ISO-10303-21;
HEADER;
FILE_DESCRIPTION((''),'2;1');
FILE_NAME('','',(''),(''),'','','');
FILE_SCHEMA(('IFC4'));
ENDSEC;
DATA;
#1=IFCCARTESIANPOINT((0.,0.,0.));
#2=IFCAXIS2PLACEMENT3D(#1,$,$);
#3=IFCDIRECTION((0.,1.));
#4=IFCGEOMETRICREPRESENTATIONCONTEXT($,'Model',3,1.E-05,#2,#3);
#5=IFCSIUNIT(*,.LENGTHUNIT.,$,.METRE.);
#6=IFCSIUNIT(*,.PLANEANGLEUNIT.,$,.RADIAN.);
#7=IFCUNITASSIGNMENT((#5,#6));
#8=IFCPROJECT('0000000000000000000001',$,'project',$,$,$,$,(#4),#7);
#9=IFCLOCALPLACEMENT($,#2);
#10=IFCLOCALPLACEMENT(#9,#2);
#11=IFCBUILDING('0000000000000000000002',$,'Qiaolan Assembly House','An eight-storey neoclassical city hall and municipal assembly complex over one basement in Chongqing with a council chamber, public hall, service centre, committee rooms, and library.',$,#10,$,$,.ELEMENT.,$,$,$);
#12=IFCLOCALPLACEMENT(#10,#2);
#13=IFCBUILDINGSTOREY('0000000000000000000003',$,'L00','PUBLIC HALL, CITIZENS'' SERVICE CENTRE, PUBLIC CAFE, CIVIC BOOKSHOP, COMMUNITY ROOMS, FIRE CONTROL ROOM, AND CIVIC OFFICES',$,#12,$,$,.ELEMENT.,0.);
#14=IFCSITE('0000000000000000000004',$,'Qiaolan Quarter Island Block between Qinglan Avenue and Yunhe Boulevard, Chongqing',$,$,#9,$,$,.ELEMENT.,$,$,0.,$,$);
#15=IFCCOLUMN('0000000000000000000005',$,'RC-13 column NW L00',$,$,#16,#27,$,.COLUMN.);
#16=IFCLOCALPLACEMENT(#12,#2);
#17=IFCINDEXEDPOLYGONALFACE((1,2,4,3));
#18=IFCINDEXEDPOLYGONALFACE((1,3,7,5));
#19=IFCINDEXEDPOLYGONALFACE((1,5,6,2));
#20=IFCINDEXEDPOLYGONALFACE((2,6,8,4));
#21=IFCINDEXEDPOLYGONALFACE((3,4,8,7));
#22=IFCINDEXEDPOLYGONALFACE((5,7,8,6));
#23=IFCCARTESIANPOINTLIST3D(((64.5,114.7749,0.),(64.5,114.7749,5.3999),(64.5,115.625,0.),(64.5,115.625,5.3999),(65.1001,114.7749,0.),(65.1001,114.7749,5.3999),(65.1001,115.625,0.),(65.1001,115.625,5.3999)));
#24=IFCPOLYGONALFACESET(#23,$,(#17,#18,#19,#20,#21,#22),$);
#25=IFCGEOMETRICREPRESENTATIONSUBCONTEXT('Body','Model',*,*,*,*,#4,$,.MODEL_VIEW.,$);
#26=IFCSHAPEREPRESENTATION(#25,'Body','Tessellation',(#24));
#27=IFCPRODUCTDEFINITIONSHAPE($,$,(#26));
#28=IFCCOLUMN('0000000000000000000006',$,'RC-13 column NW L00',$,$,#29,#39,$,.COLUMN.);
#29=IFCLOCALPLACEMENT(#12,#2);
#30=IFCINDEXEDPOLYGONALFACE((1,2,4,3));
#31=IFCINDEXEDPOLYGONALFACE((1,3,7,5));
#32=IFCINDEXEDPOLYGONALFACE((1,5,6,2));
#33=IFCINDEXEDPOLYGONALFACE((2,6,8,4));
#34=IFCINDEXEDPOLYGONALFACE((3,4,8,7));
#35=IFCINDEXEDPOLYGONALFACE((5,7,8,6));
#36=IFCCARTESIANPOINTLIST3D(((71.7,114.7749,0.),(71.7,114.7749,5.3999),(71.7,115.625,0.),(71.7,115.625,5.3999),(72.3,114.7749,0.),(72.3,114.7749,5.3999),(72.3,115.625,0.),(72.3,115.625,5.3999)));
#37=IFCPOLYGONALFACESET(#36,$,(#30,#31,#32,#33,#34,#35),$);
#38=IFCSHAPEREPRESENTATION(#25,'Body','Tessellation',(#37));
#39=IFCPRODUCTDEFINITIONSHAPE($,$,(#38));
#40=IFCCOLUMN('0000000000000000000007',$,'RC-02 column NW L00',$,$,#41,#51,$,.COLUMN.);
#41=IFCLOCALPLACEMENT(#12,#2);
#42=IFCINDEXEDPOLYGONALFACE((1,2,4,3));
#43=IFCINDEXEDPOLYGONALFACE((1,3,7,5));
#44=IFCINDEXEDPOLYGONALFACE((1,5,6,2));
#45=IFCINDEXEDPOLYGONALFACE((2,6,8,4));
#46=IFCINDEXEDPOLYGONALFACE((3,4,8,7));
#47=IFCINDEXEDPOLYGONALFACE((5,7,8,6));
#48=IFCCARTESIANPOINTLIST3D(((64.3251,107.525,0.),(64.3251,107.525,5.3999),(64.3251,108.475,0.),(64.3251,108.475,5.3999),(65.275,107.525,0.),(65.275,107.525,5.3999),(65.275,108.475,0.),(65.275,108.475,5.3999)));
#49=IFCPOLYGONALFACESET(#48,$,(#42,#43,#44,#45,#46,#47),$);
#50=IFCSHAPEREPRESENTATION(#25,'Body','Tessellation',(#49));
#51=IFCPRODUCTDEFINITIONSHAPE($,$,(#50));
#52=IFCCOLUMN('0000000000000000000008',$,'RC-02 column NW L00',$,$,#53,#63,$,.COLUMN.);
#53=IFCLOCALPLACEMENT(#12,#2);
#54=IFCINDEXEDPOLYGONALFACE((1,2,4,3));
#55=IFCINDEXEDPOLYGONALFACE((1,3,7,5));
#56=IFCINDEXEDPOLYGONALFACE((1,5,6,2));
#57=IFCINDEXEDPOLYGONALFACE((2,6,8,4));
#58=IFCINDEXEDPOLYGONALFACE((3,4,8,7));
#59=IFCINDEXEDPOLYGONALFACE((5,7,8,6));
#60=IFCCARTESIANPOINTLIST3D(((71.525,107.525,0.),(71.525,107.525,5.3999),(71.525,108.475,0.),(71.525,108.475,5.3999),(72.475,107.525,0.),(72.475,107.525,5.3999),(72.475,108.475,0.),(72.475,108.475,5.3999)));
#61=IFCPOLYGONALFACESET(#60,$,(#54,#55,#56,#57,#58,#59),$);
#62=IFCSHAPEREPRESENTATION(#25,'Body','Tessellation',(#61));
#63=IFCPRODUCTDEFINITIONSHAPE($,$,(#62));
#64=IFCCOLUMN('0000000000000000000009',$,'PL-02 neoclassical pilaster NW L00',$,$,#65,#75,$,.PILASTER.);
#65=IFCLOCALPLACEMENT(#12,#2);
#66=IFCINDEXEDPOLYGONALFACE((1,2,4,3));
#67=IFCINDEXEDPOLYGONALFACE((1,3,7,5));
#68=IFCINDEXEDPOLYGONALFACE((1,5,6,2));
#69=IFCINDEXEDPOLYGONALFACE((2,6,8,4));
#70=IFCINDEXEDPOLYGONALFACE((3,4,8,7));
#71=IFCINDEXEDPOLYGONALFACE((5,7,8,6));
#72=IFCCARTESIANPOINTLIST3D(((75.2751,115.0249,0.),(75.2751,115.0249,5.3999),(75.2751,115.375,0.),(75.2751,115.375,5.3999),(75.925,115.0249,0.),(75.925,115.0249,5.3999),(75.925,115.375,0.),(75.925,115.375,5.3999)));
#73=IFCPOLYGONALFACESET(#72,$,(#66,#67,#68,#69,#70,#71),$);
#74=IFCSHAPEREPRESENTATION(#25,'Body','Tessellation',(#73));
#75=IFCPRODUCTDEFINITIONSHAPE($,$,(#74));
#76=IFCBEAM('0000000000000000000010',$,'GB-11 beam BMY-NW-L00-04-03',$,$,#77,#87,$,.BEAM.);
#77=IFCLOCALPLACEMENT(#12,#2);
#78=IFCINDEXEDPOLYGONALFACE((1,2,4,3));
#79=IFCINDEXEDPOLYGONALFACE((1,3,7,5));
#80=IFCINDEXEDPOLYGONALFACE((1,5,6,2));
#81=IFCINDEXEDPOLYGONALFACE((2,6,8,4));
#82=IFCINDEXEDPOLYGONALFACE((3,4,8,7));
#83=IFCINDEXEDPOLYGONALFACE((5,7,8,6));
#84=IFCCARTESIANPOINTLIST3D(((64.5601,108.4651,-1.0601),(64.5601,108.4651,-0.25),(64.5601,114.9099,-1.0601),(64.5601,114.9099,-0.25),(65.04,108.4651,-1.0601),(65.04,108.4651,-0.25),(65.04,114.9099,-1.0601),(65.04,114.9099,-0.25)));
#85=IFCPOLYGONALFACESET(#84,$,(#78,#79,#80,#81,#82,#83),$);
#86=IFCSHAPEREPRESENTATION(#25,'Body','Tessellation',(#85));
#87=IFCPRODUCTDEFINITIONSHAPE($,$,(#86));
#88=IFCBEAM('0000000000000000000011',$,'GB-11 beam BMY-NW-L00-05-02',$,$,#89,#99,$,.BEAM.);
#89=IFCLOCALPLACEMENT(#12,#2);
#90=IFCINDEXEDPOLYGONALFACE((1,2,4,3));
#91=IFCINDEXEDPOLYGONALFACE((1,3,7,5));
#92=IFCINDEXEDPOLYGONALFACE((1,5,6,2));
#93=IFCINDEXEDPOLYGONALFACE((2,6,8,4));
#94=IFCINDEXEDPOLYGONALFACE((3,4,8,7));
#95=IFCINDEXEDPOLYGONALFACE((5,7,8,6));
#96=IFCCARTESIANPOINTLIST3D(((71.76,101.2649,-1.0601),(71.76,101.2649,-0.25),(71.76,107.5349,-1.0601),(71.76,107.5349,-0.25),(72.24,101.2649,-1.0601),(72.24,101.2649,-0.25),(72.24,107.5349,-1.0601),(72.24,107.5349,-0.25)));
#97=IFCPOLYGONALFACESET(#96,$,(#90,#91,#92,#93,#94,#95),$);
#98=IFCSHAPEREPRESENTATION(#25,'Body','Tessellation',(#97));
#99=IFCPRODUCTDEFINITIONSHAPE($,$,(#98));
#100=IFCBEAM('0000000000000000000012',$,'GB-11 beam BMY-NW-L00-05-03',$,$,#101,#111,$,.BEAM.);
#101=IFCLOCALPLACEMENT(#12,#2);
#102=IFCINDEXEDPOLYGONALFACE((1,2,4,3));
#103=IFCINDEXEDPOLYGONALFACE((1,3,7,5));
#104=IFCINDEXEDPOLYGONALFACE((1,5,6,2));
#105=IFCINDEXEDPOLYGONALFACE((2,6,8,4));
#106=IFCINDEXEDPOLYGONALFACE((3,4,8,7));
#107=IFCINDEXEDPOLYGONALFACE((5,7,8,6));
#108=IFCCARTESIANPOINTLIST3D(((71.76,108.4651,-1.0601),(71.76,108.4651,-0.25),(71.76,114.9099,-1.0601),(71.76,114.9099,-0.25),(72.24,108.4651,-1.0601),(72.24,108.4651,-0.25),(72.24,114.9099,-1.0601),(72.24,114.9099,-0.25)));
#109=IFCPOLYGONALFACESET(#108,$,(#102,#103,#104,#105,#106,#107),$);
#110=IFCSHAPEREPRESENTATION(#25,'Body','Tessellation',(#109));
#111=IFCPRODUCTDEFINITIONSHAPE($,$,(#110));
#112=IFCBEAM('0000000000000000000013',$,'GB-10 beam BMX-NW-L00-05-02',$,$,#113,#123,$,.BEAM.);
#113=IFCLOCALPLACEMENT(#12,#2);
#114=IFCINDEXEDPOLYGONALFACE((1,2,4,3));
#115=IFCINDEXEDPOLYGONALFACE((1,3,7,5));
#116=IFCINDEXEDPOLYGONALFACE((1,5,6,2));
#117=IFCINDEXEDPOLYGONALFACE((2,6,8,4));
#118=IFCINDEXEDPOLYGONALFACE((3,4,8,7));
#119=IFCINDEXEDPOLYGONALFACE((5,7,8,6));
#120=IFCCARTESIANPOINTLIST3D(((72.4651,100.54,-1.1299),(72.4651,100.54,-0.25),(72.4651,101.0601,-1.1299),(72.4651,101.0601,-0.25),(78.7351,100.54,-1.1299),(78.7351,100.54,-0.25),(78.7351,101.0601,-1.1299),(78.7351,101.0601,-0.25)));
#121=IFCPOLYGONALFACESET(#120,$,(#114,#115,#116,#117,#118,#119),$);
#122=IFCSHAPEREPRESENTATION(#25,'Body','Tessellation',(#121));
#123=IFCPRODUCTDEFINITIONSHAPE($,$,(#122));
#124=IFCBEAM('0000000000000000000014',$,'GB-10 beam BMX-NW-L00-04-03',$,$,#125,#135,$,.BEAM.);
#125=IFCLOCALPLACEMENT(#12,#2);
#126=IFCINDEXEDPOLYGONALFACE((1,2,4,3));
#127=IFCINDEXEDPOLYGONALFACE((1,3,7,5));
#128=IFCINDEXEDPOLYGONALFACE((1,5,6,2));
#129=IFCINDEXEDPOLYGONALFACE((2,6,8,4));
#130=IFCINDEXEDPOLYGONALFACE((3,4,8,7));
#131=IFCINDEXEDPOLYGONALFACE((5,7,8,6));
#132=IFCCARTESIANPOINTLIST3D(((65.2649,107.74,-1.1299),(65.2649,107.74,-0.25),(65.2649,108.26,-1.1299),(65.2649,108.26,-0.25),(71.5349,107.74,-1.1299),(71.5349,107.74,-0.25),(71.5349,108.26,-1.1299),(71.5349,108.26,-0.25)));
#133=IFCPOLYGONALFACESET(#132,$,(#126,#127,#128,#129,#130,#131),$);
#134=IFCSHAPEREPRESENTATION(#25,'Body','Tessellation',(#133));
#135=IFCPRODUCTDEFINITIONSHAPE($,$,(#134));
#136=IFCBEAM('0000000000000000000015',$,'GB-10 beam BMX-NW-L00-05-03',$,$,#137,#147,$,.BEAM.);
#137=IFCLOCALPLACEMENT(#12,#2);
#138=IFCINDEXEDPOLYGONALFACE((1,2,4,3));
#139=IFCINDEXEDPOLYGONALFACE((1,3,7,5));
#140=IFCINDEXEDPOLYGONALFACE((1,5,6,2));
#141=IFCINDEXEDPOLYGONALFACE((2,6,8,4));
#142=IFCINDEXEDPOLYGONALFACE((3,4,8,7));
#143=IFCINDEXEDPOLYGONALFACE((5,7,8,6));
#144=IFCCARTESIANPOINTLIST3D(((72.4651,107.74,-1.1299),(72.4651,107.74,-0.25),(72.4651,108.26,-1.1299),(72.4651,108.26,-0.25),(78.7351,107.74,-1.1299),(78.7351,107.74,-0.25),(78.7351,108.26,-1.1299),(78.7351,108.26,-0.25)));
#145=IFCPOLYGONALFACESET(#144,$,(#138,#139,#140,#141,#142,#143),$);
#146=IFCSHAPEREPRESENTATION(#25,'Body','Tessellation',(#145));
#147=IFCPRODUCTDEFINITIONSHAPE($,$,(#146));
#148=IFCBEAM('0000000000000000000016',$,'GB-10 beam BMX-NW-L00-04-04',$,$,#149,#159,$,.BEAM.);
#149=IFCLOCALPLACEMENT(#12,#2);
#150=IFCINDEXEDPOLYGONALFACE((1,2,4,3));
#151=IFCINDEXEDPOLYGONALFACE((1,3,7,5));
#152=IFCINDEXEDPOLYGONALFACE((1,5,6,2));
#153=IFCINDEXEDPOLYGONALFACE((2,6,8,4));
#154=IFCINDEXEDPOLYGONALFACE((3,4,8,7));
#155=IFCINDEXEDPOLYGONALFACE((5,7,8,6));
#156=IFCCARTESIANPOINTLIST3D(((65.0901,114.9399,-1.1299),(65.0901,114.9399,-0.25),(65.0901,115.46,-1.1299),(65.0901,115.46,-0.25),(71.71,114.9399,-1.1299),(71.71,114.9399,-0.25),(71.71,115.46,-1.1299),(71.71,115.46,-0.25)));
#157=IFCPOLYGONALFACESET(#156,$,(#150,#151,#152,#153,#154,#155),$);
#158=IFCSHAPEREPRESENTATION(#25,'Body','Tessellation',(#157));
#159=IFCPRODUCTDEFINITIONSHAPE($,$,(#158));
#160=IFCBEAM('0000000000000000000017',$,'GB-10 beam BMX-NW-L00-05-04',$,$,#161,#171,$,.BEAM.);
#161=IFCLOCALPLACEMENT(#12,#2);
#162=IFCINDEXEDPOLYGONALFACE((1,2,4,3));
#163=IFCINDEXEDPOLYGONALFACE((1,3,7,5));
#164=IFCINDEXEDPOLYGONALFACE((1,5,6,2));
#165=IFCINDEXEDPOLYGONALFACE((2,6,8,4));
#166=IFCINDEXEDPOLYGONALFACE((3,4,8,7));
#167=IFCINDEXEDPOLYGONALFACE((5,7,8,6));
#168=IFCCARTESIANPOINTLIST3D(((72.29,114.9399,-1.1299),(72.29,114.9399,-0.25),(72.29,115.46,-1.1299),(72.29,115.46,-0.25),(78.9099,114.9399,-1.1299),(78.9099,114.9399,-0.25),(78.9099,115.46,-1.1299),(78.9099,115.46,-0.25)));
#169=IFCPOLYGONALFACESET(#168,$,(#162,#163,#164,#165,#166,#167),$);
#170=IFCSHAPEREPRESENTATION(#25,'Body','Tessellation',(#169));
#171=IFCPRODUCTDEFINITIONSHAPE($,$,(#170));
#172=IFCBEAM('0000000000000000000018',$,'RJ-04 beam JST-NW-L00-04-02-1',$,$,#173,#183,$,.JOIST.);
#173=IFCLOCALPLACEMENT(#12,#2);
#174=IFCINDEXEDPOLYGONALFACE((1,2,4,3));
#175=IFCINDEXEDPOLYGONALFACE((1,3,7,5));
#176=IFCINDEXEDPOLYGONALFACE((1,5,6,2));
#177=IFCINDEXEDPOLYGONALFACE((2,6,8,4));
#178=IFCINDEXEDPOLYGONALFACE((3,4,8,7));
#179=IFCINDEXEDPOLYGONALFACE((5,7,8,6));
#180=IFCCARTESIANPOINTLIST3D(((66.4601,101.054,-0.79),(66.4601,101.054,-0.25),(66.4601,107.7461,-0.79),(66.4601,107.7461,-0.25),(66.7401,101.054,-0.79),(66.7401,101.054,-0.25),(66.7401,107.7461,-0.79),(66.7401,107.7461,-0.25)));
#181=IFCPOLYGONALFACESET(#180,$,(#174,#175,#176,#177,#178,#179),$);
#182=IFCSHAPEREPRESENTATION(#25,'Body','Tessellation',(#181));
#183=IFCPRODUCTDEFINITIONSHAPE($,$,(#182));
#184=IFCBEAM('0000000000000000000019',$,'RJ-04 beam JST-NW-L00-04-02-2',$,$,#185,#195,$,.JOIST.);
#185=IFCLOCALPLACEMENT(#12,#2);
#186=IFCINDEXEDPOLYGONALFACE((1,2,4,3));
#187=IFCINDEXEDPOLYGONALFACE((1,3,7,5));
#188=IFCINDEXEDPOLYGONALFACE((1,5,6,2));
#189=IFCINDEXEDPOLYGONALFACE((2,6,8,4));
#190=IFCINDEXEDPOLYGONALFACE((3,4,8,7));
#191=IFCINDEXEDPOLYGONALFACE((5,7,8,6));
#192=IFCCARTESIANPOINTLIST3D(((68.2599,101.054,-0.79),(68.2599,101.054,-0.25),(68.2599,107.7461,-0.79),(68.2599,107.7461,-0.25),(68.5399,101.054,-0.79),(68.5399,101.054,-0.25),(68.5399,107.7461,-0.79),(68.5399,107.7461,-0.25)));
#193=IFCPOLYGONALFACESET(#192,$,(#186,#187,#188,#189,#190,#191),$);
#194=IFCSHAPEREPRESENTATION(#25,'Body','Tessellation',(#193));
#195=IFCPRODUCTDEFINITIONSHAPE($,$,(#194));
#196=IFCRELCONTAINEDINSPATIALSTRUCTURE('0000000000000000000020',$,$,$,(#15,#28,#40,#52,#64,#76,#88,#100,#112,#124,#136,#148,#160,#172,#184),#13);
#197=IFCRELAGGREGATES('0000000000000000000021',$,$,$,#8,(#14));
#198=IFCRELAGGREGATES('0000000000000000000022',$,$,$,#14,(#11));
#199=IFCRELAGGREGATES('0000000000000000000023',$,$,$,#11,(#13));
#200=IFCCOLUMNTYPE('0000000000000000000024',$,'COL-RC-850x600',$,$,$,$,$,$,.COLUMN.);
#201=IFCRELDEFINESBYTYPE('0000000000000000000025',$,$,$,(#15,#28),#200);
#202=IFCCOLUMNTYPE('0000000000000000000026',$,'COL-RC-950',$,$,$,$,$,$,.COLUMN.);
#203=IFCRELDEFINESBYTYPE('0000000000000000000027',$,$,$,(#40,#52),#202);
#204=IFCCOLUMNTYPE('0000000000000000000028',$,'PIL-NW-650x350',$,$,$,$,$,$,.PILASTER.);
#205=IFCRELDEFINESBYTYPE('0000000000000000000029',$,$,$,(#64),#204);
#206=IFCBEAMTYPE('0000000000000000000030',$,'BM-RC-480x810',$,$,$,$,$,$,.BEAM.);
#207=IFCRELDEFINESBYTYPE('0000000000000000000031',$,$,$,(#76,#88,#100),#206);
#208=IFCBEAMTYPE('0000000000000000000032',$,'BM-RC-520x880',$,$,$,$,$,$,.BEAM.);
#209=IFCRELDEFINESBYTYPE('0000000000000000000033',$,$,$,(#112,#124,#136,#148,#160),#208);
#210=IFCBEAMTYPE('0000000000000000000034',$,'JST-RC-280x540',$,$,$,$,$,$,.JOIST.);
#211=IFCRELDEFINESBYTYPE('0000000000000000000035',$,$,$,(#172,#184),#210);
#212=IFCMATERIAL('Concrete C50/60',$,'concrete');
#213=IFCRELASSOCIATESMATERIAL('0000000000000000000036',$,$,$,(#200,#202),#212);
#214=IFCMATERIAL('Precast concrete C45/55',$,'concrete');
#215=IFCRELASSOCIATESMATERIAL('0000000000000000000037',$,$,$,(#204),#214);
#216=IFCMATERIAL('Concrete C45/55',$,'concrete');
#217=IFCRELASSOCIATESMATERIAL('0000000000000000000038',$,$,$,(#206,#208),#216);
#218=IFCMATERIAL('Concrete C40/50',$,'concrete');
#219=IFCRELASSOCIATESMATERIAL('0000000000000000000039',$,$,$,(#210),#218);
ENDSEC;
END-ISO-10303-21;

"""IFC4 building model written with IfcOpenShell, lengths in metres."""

from ifc_helpers import new_model, si_unit, direction, frame, origin, origin_2d, place, context, subcontext, project, spatial, rectangle, extrude, material, material_profile, profile_set, type_object, element, save


model = new_model("IFC4")

# Units and contexts
model_context = context("Model", 3, precision=1e-05, world=origin(), true_north=direction((0.0, 1.0)))
body_context = subcontext(model_context, "Body", "Model", "MODEL_VIEW")
ifc_project = project(units=[si_unit("LENGTHUNIT", "METRE"), si_unit("PLANEANGLEUNIT", "RADIAN")], contexts=[model_context])

# Site, building, storey
site_placement = place(None, origin())
site = spatial("IfcSite", under=ifc_project, at=site_placement, Name="Qiaolan Quarter Island Block between Qinglan Avenue and Yunhe Boulevard, Chongqing", CompositionType="ELEMENT", RefElevation=0.0)
building_placement = place(site_placement, origin())
building = spatial("IfcBuilding", under=site, at=building_placement, Name="Qiaolan Assembly House", Description="An eight-storey neoclassical city hall and municipal assembly complex over one basement in Chongqing with a council chamber, public hall, service centre, committee rooms, and library.", CompositionType="ELEMENT")
storey_placement = place(building_placement, origin())
storey = spatial("IfcBuildingStorey", under=building, at=storey_placement, Name="L00", Description="PUBLIC HALL, CITIZENS' SERVICE CENTRE, PUBLIC CAFE, CIVIC BOOKSHOP, COMMUNITY ROOMS, FIRE CONTROL ROOM, AND CIVIC OFFICES", CompositionType="ELEMENT", Elevation=0.0)

# Columns
ifc_material_1 = material(Name="Concrete C50/60", Category="concrete")
ifc_material_profile_1 = material_profile(ifc_material_1, rectangle(XDim=0.6001, YDim=0.8501, at=origin_2d()), Name="RC 850x600")
ifc_profile_set_1 = profile_set([ifc_material_profile_1], Name="Concrete C50/60")
column_type_1 = type_object("IfcColumnType", Name="COL-RC-850x600", PredefinedType="COLUMN", material=ifc_profile_set_1)
for number, where, z_axis, x_axis, name in (
    (1, (64.8, 115.2, 0.0), (0.0, 0.0, 1.0), (1.0, 0.0, 0.0), "RC-13 column NW L00"),
    (2, (72.0, 115.2, 0.0), (0.0, 0.0, 1.0), (1.0, 0.0, 0.0), "RC-13 column NW L00"),
):
    element("IfcColumn", number, at=place(storey_placement, frame(where, z_axis=z_axis, x_axis=x_axis)), inside=storey, type_object=column_type_1, Name=name, PredefinedType="COLUMN", context=body_context, shape_type="SweptSolid", body=[
        extrude(rectangle(XDim=0.6001, YDim=0.8501, at=origin_2d()), origin(), (0.0, 0.0, 1.0), 5.3999),
    ])
ifc_material_profile_2 = material_profile(ifc_material_1, rectangle(XDim=0.95, YDim=0.95, at=origin_2d()), Name="RC 950x950")
ifc_profile_set_2 = profile_set([ifc_material_profile_2], Name="Concrete C50/60")
column_type_2 = type_object("IfcColumnType", Name="COL-RC-950", PredefinedType="COLUMN", material=ifc_profile_set_2)
for number, where, z_axis, x_axis, name in (
    (3, (64.8, 108.0, 0.0), (0.0, 0.0, 1.0), (1.0, 0.0, 0.0), "RC-02 column NW L00"),
    (4, (72.0, 108.0, 0.0), (0.0, 0.0, 1.0), (1.0, 0.0, 0.0), "RC-02 column NW L00"),
):
    element("IfcColumn", number, at=place(storey_placement, frame(where, z_axis=z_axis, x_axis=x_axis)), inside=storey, type_object=column_type_2, Name=name, PredefinedType="COLUMN", context=body_context, shape_type="SweptSolid", body=[
        extrude(rectangle(XDim=0.95, YDim=0.95, at=origin_2d()), origin(), (0.0, 0.0, 1.0), 5.3999),
    ])
ifc_material_2 = material(Name="Precast concrete C45/55", Category="concrete")
ifc_material_profile_3 = material_profile(ifc_material_2, rectangle(XDim=0.6499, YDim=0.3501, at=origin_2d()), Name="PIL 650x350")
ifc_profile_set_3 = profile_set([ifc_material_profile_3], Name="Precast concrete C45/55")
column_type_3 = type_object("IfcColumnType", Name="PIL-NW-650x350", PredefinedType="PILASTER", material=ifc_profile_set_3)
column_placement = place(storey_placement, frame((75.6001, 115.2, 0.0), z_axis=(0.0, 0.0, 1.0), x_axis=(1.0, 0.0, 0.0)))
element("IfcColumn", 5, at=column_placement, inside=storey, type_object=column_type_3, Name="PL-02 neoclassical pilaster NW L00", PredefinedType="PILASTER", context=body_context, shape_type="SweptSolid", body=[
    extrude(rectangle(XDim=0.6499, YDim=0.3501, at=origin_2d()), origin(), (0.0, 0.0, 1.0), 5.3999),
])

# Beams
ifc_material_3 = material(Name="Concrete C45/55", Category="concrete")
ifc_material_profile_4 = material_profile(ifc_material_3, rectangle(XDim=0.48, YDim=0.8101, at=origin_2d()), Name="RCB 480x810")
ifc_profile_set_4 = profile_set([ifc_material_profile_4], Name="Concrete C45/55")
beam_type_1 = type_object("IfcBeamType", Name="BM-RC-480x810", PredefinedType="BEAM", material=ifc_profile_set_4)
beam_1_placement = place(storey_placement, frame((64.8, 108.4651, -0.655), z_axis=(0.0, 1.0, 0.0), x_axis=(-1.0, 0.0, 0.0)))
element("IfcBeam", 6, at=beam_1_placement, inside=storey, type_object=beam_type_1, Name="GB-11 beam BMY-NW-L00-04-03", PredefinedType="BEAM", context=body_context, shape_type="SweptSolid", body=[
    extrude(rectangle(XDim=0.48, YDim=0.8101, at=origin_2d()), origin(), (0.0, 0.0, 1.0), 6.4448),
])
beam_2_placement = place(storey_placement, frame((72.0, 101.2649, -0.655), z_axis=(0.0, 1.0, 0.0), x_axis=(-1.0, 0.0, 0.0)))
element("IfcBeam", 7, at=beam_2_placement, inside=storey, type_object=beam_type_1, Name="GB-11 beam BMY-NW-L00-05-02", PredefinedType="BEAM", context=body_context, shape_type="SweptSolid", body=[
    extrude(rectangle(XDim=0.48, YDim=0.8101, at=origin_2d()), origin(), (0.0, 0.0, 1.0), 6.27),
])
beam_3_placement = place(storey_placement, frame((72.0, 108.4651, -0.655), z_axis=(0.0, 1.0, 0.0), x_axis=(-1.0, 0.0, 0.0)))
element("IfcBeam", 8, at=beam_3_placement, inside=storey, type_object=beam_type_1, Name="GB-11 beam BMY-NW-L00-05-03", PredefinedType="BEAM", context=body_context, shape_type="SweptSolid", body=[
    extrude(rectangle(XDim=0.48, YDim=0.8101, at=origin_2d()), origin(), (0.0, 0.0, 1.0), 6.4448),
])
ifc_material_profile_5 = material_profile(ifc_material_3, rectangle(XDim=0.52, YDim=0.8799, at=origin_2d()), Name="RCB 520x880")
ifc_profile_set_5 = profile_set([ifc_material_profile_5], Name="Concrete C45/55")
beam_type_2 = type_object("IfcBeamType", Name="BM-RC-520x880", PredefinedType="BEAM", material=ifc_profile_set_5)
for number, where, z_axis, x_axis, name in (
    (9, (72.4651, 100.8, -0.6899), (1.0, 0.0, 0.0), (0.0, 1.0, 0.0), "GB-10 beam BMX-NW-L00-05-02"),
    (10, (65.2649, 108.0, -0.6899), (1.0, 0.0, 0.0), (0.0, 1.0, 0.0), "GB-10 beam BMX-NW-L00-04-03"),
    (11, (72.4651, 108.0, -0.6899), (1.0, 0.0, 0.0), (0.0, 1.0, 0.0), "GB-10 beam BMX-NW-L00-05-03"),
):
    element("IfcBeam", number, at=place(storey_placement, frame(where, z_axis=z_axis, x_axis=x_axis)), inside=storey, type_object=beam_type_2, Name=name, PredefinedType="BEAM", context=body_context, shape_type="SweptSolid", body=[
        extrude(rectangle(XDim=0.52, YDim=0.8799, at=origin_2d()), origin(), (0.0, 0.0, 1.0), 6.27),
    ])
for number, where, z_axis, x_axis, name in (
    (12, (65.0901, 115.2, -0.6899), (1.0, 0.0, 0.0), (0.0, 1.0, 0.0), "GB-10 beam BMX-NW-L00-04-04"),
    (13, (72.29, 115.2, -0.6899), (1.0, 0.0, 0.0), (0.0, 1.0, 0.0), "GB-10 beam BMX-NW-L00-05-04"),
):
    element("IfcBeam", number, at=place(storey_placement, frame(where, z_axis=z_axis, x_axis=x_axis)), inside=storey, type_object=beam_type_2, Name=name, PredefinedType="BEAM", context=body_context, shape_type="SweptSolid", body=[
        extrude(rectangle(XDim=0.52, YDim=0.8799, at=origin_2d()), origin(), (0.0, 0.0, 1.0), 6.6199),
    ])
ifc_material_4 = material(Name="Concrete C40/50", Category="concrete")
ifc_material_profile_6 = material_profile(ifc_material_4, rectangle(XDim=0.28, YDim=0.54, at=origin_2d()), Name="RCB 280x540")
ifc_profile_set_6 = profile_set([ifc_material_profile_6], Name="Concrete C40/50")
beam_type_3 = type_object("IfcBeamType", Name="JST-RC-280x540", PredefinedType="JOIST", material=ifc_profile_set_6)
for number, where, z_axis, x_axis, name in (
    (14, (66.6001, 101.054, -0.52), (0.0, 1.0, 0.0), (-1.0, 0.0, 0.0), "RJ-04 beam JST-NW-L00-04-02-1"),
    (15, (68.3999, 101.054, -0.52), (0.0, 1.0, 0.0), (-1.0, 0.0, 0.0), "RJ-04 beam JST-NW-L00-04-02-2"),
):
    element("IfcBeam", number, at=place(storey_placement, frame(where, z_axis=z_axis, x_axis=x_axis)), inside=storey, type_object=beam_type_3, Name=name, PredefinedType="JOIST", context=body_context, shape_type="SweptSolid", body=[
        extrude(rectangle(XDim=0.28, YDim=0.54, at=origin_2d()), origin(), (0.0, 0.0, 1.0), 6.6921),
    ])

save(model, "model.ifc")
